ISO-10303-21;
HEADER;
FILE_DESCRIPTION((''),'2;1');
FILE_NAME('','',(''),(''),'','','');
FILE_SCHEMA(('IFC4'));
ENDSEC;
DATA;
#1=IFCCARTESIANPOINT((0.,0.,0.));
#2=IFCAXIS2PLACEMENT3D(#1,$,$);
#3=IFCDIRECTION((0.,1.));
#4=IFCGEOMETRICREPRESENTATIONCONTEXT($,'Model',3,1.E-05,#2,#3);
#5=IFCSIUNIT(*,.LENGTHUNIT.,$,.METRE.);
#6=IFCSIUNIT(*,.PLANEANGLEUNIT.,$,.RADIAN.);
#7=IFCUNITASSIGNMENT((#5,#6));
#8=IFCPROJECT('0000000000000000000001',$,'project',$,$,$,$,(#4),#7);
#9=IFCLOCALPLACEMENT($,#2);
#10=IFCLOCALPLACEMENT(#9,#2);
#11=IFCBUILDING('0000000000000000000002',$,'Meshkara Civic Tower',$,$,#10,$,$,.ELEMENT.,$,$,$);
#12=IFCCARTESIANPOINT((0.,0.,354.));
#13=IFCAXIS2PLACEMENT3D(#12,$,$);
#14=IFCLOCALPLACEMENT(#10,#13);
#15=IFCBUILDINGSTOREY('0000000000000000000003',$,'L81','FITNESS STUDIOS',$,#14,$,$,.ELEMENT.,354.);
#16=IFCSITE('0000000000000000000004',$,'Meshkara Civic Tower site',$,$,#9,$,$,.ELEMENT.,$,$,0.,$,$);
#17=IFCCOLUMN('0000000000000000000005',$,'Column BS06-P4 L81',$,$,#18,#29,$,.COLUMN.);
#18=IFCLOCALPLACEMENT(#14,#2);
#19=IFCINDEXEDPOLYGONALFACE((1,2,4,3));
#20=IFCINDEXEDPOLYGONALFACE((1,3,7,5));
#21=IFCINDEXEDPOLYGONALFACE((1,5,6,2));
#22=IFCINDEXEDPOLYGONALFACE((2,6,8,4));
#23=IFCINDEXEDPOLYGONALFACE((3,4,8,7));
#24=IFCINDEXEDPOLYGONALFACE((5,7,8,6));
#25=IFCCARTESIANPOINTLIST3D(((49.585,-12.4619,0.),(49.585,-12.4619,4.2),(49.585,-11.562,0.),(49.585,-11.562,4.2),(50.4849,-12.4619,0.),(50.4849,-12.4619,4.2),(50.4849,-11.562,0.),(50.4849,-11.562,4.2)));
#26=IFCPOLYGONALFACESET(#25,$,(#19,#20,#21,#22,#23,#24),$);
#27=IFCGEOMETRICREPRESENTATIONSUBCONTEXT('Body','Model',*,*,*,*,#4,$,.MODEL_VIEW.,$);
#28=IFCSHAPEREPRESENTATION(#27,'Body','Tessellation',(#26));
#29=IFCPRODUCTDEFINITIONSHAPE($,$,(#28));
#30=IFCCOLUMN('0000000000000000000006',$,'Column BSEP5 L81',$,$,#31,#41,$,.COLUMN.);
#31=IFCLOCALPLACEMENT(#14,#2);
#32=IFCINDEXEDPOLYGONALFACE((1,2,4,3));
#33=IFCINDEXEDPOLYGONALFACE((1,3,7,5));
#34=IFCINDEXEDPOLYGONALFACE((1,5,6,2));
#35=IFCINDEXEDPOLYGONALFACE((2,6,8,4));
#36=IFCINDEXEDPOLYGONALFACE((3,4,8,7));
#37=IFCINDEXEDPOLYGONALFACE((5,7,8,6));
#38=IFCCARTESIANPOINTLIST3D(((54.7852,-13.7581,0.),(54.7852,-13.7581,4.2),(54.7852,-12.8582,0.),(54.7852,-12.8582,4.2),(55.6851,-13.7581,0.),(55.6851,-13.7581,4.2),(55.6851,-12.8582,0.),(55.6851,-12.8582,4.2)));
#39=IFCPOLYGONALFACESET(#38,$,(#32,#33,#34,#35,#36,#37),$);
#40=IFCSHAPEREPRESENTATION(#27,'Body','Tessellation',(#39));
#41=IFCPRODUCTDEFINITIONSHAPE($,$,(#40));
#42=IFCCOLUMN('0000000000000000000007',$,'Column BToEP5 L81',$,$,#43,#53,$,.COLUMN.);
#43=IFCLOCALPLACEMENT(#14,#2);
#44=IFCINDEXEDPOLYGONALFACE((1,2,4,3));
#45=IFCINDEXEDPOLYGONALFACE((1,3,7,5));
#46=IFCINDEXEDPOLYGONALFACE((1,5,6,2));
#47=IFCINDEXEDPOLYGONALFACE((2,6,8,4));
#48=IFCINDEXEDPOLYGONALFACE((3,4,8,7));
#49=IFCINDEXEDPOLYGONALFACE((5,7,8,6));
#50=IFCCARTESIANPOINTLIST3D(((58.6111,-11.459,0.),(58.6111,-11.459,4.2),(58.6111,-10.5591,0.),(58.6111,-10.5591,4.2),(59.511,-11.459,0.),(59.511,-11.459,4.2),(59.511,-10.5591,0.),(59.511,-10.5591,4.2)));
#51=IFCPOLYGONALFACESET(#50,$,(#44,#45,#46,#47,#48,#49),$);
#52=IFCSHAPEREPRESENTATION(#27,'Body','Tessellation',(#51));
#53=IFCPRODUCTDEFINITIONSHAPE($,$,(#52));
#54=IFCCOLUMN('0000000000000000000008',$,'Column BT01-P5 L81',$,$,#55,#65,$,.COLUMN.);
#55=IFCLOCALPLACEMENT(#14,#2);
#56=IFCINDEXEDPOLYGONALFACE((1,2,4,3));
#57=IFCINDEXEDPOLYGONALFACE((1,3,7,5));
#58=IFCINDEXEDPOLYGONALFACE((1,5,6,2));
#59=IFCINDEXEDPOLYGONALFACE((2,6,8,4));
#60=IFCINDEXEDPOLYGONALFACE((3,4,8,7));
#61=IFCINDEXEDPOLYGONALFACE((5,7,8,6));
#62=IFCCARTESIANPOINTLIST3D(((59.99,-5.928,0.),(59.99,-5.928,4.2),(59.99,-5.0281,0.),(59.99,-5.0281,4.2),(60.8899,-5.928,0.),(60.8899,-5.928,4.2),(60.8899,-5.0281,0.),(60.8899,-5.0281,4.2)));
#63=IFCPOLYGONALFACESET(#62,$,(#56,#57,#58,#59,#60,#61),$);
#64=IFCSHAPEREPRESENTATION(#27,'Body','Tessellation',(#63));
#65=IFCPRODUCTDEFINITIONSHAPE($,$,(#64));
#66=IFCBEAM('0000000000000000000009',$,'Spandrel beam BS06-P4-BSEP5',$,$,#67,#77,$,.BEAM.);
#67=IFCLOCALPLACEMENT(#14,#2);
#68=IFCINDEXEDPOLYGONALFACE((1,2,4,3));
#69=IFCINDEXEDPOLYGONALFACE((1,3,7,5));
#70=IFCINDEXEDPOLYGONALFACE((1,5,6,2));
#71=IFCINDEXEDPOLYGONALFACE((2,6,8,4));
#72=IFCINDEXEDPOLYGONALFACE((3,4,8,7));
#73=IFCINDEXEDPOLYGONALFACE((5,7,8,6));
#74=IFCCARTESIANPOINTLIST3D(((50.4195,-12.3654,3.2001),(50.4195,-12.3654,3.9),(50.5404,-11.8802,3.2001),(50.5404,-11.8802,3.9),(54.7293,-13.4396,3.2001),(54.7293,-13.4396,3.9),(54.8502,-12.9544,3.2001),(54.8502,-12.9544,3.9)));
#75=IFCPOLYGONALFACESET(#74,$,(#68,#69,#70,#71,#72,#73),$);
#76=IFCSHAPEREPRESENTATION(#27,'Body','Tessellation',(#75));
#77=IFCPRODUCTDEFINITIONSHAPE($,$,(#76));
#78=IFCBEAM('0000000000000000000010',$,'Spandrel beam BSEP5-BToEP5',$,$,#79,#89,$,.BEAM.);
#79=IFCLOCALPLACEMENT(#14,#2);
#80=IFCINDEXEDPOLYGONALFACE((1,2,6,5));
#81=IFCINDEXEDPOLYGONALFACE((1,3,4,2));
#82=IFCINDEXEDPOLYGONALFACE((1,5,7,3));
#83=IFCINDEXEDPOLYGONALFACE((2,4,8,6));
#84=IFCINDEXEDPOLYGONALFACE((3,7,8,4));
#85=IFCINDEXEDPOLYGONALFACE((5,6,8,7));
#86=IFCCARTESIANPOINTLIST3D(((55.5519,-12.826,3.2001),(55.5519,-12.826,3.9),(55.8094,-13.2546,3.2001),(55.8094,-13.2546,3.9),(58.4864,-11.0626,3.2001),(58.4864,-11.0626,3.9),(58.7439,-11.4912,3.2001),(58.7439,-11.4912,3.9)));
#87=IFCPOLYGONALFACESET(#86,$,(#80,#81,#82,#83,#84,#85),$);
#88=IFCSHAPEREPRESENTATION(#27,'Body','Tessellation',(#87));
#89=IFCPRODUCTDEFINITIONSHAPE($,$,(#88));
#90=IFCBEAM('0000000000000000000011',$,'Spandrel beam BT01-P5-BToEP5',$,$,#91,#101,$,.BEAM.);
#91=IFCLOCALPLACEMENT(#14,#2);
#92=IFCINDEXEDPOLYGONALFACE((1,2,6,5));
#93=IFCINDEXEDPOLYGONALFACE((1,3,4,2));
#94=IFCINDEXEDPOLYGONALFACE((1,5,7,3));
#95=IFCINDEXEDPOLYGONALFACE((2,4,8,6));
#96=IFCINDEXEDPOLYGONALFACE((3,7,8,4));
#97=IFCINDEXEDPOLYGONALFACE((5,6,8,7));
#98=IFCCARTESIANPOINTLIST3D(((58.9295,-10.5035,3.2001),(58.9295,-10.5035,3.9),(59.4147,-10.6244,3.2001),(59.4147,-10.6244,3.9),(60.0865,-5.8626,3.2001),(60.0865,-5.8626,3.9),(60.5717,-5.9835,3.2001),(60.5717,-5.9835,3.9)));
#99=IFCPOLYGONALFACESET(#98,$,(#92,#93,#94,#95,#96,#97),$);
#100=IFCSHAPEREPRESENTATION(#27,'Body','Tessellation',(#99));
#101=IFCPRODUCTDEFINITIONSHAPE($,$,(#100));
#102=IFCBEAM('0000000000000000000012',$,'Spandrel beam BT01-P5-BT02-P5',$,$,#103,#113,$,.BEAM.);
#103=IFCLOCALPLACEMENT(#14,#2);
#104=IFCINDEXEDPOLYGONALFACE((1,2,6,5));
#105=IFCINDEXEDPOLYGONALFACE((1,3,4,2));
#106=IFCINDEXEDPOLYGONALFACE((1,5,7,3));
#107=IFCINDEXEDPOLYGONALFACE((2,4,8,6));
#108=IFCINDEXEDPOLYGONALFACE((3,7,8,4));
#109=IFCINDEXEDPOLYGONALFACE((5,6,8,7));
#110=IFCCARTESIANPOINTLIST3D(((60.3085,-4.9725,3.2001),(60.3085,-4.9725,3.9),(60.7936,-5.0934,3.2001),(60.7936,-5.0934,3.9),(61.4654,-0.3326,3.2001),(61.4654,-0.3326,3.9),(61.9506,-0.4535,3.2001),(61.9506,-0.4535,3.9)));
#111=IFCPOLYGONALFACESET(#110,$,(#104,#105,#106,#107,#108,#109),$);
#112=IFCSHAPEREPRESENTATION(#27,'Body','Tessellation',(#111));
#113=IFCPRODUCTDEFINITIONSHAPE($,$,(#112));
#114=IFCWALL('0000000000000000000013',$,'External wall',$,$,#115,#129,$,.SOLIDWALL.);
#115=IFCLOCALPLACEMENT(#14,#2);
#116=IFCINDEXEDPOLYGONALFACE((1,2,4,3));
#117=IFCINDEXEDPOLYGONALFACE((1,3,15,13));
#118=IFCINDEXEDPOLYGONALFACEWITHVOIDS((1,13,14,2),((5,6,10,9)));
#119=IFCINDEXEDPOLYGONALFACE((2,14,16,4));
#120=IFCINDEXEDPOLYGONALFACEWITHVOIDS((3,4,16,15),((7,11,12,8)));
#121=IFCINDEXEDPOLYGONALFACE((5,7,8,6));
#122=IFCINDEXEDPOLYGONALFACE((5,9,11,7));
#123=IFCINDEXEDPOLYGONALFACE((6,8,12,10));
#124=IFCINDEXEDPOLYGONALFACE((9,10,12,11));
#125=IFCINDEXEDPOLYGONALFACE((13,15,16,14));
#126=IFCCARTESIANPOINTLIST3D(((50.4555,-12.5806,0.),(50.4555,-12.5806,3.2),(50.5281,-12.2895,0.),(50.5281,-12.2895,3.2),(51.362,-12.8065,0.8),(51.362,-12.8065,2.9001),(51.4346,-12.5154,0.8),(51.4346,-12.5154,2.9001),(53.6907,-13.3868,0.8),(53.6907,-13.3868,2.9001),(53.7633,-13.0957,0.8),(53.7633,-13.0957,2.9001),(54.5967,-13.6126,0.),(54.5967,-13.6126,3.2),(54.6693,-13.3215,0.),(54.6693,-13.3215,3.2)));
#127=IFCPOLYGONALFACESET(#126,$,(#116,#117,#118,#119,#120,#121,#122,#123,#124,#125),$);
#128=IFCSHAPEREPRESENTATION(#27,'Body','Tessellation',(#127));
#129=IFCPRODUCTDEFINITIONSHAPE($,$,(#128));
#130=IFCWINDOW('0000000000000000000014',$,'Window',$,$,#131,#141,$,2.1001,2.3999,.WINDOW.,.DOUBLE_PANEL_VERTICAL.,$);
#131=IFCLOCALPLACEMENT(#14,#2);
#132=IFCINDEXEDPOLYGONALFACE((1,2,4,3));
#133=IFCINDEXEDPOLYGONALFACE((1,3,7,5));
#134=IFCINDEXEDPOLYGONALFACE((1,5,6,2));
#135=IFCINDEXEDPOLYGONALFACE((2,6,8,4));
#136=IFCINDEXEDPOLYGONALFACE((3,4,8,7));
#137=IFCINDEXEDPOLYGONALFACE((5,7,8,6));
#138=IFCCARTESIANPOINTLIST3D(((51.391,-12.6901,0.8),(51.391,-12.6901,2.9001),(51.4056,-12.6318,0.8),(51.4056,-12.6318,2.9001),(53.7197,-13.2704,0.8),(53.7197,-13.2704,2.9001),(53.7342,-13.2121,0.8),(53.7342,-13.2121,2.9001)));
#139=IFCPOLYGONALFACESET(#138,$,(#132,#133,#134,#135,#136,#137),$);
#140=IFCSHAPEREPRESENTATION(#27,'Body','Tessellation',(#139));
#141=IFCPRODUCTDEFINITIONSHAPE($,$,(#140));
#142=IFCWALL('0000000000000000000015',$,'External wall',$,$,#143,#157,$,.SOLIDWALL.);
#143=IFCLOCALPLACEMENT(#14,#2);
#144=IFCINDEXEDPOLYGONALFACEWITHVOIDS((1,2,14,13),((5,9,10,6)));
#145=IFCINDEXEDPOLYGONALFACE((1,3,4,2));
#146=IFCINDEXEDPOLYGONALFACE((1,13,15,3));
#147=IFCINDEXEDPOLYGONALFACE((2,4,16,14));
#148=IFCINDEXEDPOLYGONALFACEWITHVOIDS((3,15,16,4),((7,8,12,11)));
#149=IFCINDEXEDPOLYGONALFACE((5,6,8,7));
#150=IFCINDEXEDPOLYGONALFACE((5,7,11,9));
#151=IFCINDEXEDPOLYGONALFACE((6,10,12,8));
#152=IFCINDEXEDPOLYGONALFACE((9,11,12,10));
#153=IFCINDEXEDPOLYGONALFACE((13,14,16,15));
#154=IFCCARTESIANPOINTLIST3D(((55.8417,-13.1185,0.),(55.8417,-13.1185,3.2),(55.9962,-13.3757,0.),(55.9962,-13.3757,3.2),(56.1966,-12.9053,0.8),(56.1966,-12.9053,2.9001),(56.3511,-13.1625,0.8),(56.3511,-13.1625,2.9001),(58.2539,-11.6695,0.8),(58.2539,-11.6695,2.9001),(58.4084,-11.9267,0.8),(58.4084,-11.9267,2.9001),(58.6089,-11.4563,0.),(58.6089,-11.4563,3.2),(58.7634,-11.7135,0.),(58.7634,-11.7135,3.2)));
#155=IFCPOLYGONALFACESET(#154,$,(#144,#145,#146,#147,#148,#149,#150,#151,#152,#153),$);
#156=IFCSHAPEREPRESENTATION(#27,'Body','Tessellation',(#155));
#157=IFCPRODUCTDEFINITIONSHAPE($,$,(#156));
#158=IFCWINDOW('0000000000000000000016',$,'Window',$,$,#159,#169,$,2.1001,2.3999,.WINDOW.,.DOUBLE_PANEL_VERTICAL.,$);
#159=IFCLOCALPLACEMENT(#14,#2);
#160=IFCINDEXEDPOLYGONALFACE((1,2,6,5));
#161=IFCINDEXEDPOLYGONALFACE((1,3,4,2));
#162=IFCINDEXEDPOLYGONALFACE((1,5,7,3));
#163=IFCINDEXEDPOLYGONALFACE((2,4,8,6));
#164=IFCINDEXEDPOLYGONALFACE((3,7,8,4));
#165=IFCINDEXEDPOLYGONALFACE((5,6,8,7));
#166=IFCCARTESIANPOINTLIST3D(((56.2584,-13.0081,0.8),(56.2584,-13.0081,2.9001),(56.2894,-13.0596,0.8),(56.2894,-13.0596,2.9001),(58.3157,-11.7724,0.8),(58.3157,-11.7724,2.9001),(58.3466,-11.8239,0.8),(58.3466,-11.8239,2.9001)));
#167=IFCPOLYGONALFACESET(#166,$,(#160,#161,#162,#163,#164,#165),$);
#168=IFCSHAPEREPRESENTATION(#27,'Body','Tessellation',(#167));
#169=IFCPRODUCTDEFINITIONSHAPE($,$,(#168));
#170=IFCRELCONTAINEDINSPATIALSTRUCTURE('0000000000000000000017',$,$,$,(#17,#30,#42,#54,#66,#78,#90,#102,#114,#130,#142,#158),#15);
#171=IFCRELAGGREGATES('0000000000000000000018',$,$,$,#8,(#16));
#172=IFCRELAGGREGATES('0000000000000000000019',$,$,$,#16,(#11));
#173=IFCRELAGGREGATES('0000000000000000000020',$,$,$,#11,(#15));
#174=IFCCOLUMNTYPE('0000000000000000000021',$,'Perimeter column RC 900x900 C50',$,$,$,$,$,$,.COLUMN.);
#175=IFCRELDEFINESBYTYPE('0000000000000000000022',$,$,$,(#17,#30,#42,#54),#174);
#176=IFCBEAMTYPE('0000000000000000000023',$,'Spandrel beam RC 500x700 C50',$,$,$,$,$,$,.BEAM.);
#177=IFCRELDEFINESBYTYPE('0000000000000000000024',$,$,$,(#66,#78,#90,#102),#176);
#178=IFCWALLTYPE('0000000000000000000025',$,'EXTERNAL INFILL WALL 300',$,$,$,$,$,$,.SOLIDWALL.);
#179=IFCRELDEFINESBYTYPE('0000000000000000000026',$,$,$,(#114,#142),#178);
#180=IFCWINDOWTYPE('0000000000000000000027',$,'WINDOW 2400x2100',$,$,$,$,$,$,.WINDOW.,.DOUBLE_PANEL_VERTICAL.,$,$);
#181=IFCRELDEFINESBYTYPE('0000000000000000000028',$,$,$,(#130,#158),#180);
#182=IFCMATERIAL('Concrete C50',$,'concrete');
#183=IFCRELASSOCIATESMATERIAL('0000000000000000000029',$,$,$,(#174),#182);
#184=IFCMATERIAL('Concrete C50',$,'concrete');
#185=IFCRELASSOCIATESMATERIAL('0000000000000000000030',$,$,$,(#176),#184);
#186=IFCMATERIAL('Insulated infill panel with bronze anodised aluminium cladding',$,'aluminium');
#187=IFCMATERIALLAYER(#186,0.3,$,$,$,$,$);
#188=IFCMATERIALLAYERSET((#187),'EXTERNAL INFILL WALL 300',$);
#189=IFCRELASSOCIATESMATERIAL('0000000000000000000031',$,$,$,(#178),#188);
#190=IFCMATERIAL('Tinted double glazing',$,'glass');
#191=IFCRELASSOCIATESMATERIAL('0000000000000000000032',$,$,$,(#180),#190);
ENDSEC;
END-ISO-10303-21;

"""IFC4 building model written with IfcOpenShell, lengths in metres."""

from ifc_helpers import new_model, si_unit, direction, frame, frame_2d, origin, origin_2d, place, context, subcontext, project, spatial, rectangle, extrude, material, layer, layer_set, material_profile, profile_set, type_object, element, fill, save


model = new_model("IFC4")

# Units and contexts
model_context = context("Model", 3, precision=1e-05, world=origin(), true_north=direction((0.0, 1.0)))
body_context = subcontext(model_context, "Body", "Model", "MODEL_VIEW")
ifc_project = project(units=[si_unit("LENGTHUNIT", "METRE"), si_unit("PLANEANGLEUNIT", "RADIAN")], contexts=[model_context])

# Site, building, storey
site_placement = place(None, origin())
site = spatial("IfcSite", under=ifc_project, at=site_placement, Name="Meshkara Civic Tower site", CompositionType="ELEMENT", RefElevation=0.0)
building_placement = place(site_placement, origin())
building = spatial("IfcBuilding", under=site, at=building_placement, Name="Meshkara Civic Tower", CompositionType="ELEMENT")
storey_placement = place(building_placement, frame((0.0, 0.0, 354.0)))
storey = spatial("IfcBuildingStorey", under=building, at=storey_placement, Name="L81", Description="FITNESS STUDIOS", CompositionType="ELEMENT", Elevation=354.0)

# Columns
ifc_material_1 = material(Name="Concrete C50", Category="concrete")
ifc_material_profile_1 = material_profile(ifc_material_1, rectangle(XDim=0.8999, YDim=0.8999, at=origin_2d()))
ifc_profile_set_1 = profile_set([ifc_material_profile_1], Name="Concrete C50")
column_type = type_object("IfcColumnType", Name="Perimeter column RC 900x900 C50", PredefinedType="COLUMN", material=ifc_profile_set_1)
for number, where, z_axis, x_axis, name in (
    (1, (50.0349, -12.012, 0.0), (0.0, 0.0, 1.0), (1.0, 0.0, 0.0), "Column BS06-P4 L81"),
    (2, (55.2351, -13.3081, 0.0), (0.0, 0.0, 1.0), (1.0, 0.0, 0.0), "Column BSEP5 L81"),
    (3, (59.061, -11.009, 0.0), (0.0, 0.0, 1.0), (1.0, 0.0, 0.0), "Column BToEP5 L81"),
    (4, (60.4399, -5.478, 0.0), (0.0, 0.0, 1.0), (1.0, 0.0, 0.0), "Column BT01-P5 L81"),
):
    element("IfcColumn", number, at=place(storey_placement, frame(where, z_axis=z_axis, x_axis=x_axis)), inside=storey, type_object=column_type, Name=name, PredefinedType="COLUMN", context=body_context, shape_type="SweptSolid", body=[
        extrude(rectangle(XDim=0.8999, YDim=0.8999, at=origin_2d()), origin(), (0.0, 0.0, 1.0), 4.2),
    ])

# Beams
ifc_material_2 = material(Name="Concrete C50", Category="concrete")
ifc_material_profile_2 = material_profile(ifc_material_2, rectangle(XDim=0.5, YDim=0.7, at=origin_2d()))
ifc_profile_set_2 = profile_set([ifc_material_profile_2], Name="Concrete C50")
beam_type = type_object("IfcBeamType", Name="Spandrel beam RC 500x700 C50", PredefinedType="BEAM", material=ifc_profile_set_2)
beam_1_placement = place(storey_placement, frame((50.48, -12.1228, 3.55), z_axis=(0.970314, -0.24185, 0.0), x_axis=(0.24185, 0.970314, 0.0)))
element("IfcBeam", 5, at=beam_1_placement, inside=storey, type_object=beam_type, Name="Spandrel beam BS06-P4-BSEP5", PredefinedType="BEAM", context=body_context, shape_type="SweptSolid", body=[
    extrude(rectangle(XDim=0.5, YDim=0.7, at=origin_2d()), origin(), (0.0, 0.0, 1.0), 4.4417),
])
beam_2_placement = place(storey_placement, frame((55.6807, -13.0403, 3.55), z_axis=(0.857147, 0.515072, 0.0), x_axis=(-0.515072, 0.857147, 0.0)))
element("IfcBeam", 6, at=beam_2_placement, inside=storey, type_object=beam_type, Name="Spandrel beam BSEP5-BToEP5", PredefinedType="BEAM", context=body_context, shape_type="SweptSolid", body=[
    extrude(rectangle(XDim=0.5, YDim=0.7, at=origin_2d()), origin(), (0.0, 0.0, 1.0), 3.4236),
])
beam_3_placement = place(storey_placement, frame((59.1721, -10.564, 3.55), z_axis=(0.241899, 0.970301, 0.0), x_axis=(-0.970301, 0.241899, 0.0)))
element("IfcBeam", 7, at=beam_3_placement, inside=storey, type_object=beam_type, Name="Spandrel beam BT01-P5-BToEP5", PredefinedType="BEAM", context=body_context, shape_type="SweptSolid", body=[
    extrude(rectangle(XDim=0.5, YDim=0.7, at=origin_2d()), origin(), (0.0, 0.0, 1.0), 4.783),
])
beam_4_placement = place(storey_placement, frame((60.551, -5.033, 3.55), z_axis=(0.241947, 0.970289, 0.0), x_axis=(-0.970289, 0.241947, 0.0)))
element("IfcBeam", 8, at=beam_4_placement, inside=storey, type_object=beam_type, Name="Spandrel beam BT01-P5-BT02-P5", PredefinedType="BEAM", context=body_context, shape_type="SweptSolid", body=[
    extrude(rectangle(XDim=0.5, YDim=0.7, at=origin_2d()), origin(), (0.0, 0.0, 1.0), 4.782),
])

# Walls, openings, windows
ifc_material_3 = material(Name="Insulated infill panel with bronze anodised aluminium cladding", Category="aluminium")
ifc_layer_1 = layer(ifc_material_3, 0.3)
ifc_layer_set_1 = layer_set([ifc_layer_1], Name="EXTERNAL INFILL WALL 300")
wall_type_1 = type_object("IfcWallType", Name="EXTERNAL INFILL WALL 300", PredefinedType="SOLIDWALL", material=ifc_layer_set_1)
wall_1_placement = place(storey_placement, frame((50.4919, -12.4351, 0.0), z_axis=(0.0, 0.0, 1.0), x_axis=(0.970324, -0.241809, 0.0)))
wall_1 = element("IfcWall", 9, at=wall_1_placement, inside=storey, type_object=wall_type_1, Name="External wall", PredefinedType="SOLIDWALL", context=body_context, shape_type="SweptSolid", body=[
    extrude(rectangle(XDim=4.2678, YDim=0.3, at=frame_2d((2.1338, 0.0))), origin(), (0.0, 0.0, 1.0), 3.2),
])
opening_1_placement = place(wall_1_placement, frame((0.9341, 0.0, 0.8)))
opening_1 = element("IfcOpeningElement", 10, at=opening_1_placement, cuts=wall_1, PredefinedType="OPENING", context=body_context, shape_type="SweptSolid", body=[
    extrude(rectangle(XDim=2.3999, YDim=2.1001, at=frame_2d((1.2, 1.05))), frame((0.0, 0.1599, 0.0), z_axis=(0.0, -1.0, 0.0), x_axis=(1.0, 0.0, 0.0)), (0.0, 0.0, 1.0), 0.3201),
])
ifc_material_4 = material(Name="Tinted double glazing", Category="glass")
window_type = type_object("IfcWindowType", Name="WINDOW 2400x2100", PartitioningType="DOUBLE_PANEL_VERTICAL", PredefinedType="WINDOW", material=ifc_material_4)
window_1_placement = place(opening_1_placement, origin())
window_1 = element("IfcWindow", 11, at=window_1_placement, inside=storey, type_object=window_type, Name="Window", OverallHeight=2.1001, OverallWidth=2.3999, PartitioningType="DOUBLE_PANEL_VERTICAL", PredefinedType="WINDOW", context=body_context, shape_type="SweptSolid", body=[
    extrude(rectangle(XDim=2.3999, YDim=2.1001, at=frame_2d((1.2, 1.05))), frame((0.0, 0.03, 0.0), z_axis=(0.0, -1.0, 0.0), x_axis=(1.0, 0.0, 0.0)), (0.0, 0.0, 1.0), 0.0601),
])
fill(opening_1, window_1)
wall_2_placement = place(storey_placement, frame((55.9189, -13.2471, 0.0), z_axis=(0.0, 0.0, 1.0), x_axis=(0.857239, 0.514918, 0.0)))
wall_2 = element("IfcWall", 12, at=wall_2_placement, inside=storey, type_object=wall_type_1, Name="External wall", PredefinedType="SOLIDWALL", context=body_context, shape_type="SweptSolid", body=[
    extrude(rectangle(XDim=3.228, YDim=0.3, at=frame_2d((1.614, 0.0))), origin(), (0.0, 0.0, 1.0), 3.2),
])
opening_2_placement = place(wall_2_placement, frame((0.4141, 0.0, 0.8)))
opening_2 = element("IfcOpeningElement", 13, at=opening_2_placement, cuts=wall_2, PredefinedType="OPENING", context=body_context, shape_type="SweptSolid", body=[
    extrude(rectangle(XDim=2.3999, YDim=2.1001, at=frame_2d((1.2, 1.05))), frame((0.0, 0.1599, 0.0), z_axis=(0.0, -1.0, 0.0), x_axis=(1.0, 0.0, 0.0)), (0.0, 0.0, 1.0), 0.3201),
])
window_2_placement = place(opening_2_placement, origin())
window_2 = element("IfcWindow", 14, at=window_2_placement, inside=storey, type_object=window_type, Name="Window", OverallHeight=2.1001, OverallWidth=2.3999, PartitioningType="DOUBLE_PANEL_VERTICAL", PredefinedType="WINDOW", context=body_context, shape_type="SweptSolid", body=[
    extrude(rectangle(XDim=2.3999, YDim=2.1001, at=frame_2d((1.2, 1.05))), frame((0.0, 0.03, 0.0), z_axis=(0.0, -1.0, 0.0), x_axis=(1.0, 0.0, 0.0)), (0.0, 0.0, 1.0), 0.0601),
])
fill(opening_2, window_2)

save(model, "model.ifc")
